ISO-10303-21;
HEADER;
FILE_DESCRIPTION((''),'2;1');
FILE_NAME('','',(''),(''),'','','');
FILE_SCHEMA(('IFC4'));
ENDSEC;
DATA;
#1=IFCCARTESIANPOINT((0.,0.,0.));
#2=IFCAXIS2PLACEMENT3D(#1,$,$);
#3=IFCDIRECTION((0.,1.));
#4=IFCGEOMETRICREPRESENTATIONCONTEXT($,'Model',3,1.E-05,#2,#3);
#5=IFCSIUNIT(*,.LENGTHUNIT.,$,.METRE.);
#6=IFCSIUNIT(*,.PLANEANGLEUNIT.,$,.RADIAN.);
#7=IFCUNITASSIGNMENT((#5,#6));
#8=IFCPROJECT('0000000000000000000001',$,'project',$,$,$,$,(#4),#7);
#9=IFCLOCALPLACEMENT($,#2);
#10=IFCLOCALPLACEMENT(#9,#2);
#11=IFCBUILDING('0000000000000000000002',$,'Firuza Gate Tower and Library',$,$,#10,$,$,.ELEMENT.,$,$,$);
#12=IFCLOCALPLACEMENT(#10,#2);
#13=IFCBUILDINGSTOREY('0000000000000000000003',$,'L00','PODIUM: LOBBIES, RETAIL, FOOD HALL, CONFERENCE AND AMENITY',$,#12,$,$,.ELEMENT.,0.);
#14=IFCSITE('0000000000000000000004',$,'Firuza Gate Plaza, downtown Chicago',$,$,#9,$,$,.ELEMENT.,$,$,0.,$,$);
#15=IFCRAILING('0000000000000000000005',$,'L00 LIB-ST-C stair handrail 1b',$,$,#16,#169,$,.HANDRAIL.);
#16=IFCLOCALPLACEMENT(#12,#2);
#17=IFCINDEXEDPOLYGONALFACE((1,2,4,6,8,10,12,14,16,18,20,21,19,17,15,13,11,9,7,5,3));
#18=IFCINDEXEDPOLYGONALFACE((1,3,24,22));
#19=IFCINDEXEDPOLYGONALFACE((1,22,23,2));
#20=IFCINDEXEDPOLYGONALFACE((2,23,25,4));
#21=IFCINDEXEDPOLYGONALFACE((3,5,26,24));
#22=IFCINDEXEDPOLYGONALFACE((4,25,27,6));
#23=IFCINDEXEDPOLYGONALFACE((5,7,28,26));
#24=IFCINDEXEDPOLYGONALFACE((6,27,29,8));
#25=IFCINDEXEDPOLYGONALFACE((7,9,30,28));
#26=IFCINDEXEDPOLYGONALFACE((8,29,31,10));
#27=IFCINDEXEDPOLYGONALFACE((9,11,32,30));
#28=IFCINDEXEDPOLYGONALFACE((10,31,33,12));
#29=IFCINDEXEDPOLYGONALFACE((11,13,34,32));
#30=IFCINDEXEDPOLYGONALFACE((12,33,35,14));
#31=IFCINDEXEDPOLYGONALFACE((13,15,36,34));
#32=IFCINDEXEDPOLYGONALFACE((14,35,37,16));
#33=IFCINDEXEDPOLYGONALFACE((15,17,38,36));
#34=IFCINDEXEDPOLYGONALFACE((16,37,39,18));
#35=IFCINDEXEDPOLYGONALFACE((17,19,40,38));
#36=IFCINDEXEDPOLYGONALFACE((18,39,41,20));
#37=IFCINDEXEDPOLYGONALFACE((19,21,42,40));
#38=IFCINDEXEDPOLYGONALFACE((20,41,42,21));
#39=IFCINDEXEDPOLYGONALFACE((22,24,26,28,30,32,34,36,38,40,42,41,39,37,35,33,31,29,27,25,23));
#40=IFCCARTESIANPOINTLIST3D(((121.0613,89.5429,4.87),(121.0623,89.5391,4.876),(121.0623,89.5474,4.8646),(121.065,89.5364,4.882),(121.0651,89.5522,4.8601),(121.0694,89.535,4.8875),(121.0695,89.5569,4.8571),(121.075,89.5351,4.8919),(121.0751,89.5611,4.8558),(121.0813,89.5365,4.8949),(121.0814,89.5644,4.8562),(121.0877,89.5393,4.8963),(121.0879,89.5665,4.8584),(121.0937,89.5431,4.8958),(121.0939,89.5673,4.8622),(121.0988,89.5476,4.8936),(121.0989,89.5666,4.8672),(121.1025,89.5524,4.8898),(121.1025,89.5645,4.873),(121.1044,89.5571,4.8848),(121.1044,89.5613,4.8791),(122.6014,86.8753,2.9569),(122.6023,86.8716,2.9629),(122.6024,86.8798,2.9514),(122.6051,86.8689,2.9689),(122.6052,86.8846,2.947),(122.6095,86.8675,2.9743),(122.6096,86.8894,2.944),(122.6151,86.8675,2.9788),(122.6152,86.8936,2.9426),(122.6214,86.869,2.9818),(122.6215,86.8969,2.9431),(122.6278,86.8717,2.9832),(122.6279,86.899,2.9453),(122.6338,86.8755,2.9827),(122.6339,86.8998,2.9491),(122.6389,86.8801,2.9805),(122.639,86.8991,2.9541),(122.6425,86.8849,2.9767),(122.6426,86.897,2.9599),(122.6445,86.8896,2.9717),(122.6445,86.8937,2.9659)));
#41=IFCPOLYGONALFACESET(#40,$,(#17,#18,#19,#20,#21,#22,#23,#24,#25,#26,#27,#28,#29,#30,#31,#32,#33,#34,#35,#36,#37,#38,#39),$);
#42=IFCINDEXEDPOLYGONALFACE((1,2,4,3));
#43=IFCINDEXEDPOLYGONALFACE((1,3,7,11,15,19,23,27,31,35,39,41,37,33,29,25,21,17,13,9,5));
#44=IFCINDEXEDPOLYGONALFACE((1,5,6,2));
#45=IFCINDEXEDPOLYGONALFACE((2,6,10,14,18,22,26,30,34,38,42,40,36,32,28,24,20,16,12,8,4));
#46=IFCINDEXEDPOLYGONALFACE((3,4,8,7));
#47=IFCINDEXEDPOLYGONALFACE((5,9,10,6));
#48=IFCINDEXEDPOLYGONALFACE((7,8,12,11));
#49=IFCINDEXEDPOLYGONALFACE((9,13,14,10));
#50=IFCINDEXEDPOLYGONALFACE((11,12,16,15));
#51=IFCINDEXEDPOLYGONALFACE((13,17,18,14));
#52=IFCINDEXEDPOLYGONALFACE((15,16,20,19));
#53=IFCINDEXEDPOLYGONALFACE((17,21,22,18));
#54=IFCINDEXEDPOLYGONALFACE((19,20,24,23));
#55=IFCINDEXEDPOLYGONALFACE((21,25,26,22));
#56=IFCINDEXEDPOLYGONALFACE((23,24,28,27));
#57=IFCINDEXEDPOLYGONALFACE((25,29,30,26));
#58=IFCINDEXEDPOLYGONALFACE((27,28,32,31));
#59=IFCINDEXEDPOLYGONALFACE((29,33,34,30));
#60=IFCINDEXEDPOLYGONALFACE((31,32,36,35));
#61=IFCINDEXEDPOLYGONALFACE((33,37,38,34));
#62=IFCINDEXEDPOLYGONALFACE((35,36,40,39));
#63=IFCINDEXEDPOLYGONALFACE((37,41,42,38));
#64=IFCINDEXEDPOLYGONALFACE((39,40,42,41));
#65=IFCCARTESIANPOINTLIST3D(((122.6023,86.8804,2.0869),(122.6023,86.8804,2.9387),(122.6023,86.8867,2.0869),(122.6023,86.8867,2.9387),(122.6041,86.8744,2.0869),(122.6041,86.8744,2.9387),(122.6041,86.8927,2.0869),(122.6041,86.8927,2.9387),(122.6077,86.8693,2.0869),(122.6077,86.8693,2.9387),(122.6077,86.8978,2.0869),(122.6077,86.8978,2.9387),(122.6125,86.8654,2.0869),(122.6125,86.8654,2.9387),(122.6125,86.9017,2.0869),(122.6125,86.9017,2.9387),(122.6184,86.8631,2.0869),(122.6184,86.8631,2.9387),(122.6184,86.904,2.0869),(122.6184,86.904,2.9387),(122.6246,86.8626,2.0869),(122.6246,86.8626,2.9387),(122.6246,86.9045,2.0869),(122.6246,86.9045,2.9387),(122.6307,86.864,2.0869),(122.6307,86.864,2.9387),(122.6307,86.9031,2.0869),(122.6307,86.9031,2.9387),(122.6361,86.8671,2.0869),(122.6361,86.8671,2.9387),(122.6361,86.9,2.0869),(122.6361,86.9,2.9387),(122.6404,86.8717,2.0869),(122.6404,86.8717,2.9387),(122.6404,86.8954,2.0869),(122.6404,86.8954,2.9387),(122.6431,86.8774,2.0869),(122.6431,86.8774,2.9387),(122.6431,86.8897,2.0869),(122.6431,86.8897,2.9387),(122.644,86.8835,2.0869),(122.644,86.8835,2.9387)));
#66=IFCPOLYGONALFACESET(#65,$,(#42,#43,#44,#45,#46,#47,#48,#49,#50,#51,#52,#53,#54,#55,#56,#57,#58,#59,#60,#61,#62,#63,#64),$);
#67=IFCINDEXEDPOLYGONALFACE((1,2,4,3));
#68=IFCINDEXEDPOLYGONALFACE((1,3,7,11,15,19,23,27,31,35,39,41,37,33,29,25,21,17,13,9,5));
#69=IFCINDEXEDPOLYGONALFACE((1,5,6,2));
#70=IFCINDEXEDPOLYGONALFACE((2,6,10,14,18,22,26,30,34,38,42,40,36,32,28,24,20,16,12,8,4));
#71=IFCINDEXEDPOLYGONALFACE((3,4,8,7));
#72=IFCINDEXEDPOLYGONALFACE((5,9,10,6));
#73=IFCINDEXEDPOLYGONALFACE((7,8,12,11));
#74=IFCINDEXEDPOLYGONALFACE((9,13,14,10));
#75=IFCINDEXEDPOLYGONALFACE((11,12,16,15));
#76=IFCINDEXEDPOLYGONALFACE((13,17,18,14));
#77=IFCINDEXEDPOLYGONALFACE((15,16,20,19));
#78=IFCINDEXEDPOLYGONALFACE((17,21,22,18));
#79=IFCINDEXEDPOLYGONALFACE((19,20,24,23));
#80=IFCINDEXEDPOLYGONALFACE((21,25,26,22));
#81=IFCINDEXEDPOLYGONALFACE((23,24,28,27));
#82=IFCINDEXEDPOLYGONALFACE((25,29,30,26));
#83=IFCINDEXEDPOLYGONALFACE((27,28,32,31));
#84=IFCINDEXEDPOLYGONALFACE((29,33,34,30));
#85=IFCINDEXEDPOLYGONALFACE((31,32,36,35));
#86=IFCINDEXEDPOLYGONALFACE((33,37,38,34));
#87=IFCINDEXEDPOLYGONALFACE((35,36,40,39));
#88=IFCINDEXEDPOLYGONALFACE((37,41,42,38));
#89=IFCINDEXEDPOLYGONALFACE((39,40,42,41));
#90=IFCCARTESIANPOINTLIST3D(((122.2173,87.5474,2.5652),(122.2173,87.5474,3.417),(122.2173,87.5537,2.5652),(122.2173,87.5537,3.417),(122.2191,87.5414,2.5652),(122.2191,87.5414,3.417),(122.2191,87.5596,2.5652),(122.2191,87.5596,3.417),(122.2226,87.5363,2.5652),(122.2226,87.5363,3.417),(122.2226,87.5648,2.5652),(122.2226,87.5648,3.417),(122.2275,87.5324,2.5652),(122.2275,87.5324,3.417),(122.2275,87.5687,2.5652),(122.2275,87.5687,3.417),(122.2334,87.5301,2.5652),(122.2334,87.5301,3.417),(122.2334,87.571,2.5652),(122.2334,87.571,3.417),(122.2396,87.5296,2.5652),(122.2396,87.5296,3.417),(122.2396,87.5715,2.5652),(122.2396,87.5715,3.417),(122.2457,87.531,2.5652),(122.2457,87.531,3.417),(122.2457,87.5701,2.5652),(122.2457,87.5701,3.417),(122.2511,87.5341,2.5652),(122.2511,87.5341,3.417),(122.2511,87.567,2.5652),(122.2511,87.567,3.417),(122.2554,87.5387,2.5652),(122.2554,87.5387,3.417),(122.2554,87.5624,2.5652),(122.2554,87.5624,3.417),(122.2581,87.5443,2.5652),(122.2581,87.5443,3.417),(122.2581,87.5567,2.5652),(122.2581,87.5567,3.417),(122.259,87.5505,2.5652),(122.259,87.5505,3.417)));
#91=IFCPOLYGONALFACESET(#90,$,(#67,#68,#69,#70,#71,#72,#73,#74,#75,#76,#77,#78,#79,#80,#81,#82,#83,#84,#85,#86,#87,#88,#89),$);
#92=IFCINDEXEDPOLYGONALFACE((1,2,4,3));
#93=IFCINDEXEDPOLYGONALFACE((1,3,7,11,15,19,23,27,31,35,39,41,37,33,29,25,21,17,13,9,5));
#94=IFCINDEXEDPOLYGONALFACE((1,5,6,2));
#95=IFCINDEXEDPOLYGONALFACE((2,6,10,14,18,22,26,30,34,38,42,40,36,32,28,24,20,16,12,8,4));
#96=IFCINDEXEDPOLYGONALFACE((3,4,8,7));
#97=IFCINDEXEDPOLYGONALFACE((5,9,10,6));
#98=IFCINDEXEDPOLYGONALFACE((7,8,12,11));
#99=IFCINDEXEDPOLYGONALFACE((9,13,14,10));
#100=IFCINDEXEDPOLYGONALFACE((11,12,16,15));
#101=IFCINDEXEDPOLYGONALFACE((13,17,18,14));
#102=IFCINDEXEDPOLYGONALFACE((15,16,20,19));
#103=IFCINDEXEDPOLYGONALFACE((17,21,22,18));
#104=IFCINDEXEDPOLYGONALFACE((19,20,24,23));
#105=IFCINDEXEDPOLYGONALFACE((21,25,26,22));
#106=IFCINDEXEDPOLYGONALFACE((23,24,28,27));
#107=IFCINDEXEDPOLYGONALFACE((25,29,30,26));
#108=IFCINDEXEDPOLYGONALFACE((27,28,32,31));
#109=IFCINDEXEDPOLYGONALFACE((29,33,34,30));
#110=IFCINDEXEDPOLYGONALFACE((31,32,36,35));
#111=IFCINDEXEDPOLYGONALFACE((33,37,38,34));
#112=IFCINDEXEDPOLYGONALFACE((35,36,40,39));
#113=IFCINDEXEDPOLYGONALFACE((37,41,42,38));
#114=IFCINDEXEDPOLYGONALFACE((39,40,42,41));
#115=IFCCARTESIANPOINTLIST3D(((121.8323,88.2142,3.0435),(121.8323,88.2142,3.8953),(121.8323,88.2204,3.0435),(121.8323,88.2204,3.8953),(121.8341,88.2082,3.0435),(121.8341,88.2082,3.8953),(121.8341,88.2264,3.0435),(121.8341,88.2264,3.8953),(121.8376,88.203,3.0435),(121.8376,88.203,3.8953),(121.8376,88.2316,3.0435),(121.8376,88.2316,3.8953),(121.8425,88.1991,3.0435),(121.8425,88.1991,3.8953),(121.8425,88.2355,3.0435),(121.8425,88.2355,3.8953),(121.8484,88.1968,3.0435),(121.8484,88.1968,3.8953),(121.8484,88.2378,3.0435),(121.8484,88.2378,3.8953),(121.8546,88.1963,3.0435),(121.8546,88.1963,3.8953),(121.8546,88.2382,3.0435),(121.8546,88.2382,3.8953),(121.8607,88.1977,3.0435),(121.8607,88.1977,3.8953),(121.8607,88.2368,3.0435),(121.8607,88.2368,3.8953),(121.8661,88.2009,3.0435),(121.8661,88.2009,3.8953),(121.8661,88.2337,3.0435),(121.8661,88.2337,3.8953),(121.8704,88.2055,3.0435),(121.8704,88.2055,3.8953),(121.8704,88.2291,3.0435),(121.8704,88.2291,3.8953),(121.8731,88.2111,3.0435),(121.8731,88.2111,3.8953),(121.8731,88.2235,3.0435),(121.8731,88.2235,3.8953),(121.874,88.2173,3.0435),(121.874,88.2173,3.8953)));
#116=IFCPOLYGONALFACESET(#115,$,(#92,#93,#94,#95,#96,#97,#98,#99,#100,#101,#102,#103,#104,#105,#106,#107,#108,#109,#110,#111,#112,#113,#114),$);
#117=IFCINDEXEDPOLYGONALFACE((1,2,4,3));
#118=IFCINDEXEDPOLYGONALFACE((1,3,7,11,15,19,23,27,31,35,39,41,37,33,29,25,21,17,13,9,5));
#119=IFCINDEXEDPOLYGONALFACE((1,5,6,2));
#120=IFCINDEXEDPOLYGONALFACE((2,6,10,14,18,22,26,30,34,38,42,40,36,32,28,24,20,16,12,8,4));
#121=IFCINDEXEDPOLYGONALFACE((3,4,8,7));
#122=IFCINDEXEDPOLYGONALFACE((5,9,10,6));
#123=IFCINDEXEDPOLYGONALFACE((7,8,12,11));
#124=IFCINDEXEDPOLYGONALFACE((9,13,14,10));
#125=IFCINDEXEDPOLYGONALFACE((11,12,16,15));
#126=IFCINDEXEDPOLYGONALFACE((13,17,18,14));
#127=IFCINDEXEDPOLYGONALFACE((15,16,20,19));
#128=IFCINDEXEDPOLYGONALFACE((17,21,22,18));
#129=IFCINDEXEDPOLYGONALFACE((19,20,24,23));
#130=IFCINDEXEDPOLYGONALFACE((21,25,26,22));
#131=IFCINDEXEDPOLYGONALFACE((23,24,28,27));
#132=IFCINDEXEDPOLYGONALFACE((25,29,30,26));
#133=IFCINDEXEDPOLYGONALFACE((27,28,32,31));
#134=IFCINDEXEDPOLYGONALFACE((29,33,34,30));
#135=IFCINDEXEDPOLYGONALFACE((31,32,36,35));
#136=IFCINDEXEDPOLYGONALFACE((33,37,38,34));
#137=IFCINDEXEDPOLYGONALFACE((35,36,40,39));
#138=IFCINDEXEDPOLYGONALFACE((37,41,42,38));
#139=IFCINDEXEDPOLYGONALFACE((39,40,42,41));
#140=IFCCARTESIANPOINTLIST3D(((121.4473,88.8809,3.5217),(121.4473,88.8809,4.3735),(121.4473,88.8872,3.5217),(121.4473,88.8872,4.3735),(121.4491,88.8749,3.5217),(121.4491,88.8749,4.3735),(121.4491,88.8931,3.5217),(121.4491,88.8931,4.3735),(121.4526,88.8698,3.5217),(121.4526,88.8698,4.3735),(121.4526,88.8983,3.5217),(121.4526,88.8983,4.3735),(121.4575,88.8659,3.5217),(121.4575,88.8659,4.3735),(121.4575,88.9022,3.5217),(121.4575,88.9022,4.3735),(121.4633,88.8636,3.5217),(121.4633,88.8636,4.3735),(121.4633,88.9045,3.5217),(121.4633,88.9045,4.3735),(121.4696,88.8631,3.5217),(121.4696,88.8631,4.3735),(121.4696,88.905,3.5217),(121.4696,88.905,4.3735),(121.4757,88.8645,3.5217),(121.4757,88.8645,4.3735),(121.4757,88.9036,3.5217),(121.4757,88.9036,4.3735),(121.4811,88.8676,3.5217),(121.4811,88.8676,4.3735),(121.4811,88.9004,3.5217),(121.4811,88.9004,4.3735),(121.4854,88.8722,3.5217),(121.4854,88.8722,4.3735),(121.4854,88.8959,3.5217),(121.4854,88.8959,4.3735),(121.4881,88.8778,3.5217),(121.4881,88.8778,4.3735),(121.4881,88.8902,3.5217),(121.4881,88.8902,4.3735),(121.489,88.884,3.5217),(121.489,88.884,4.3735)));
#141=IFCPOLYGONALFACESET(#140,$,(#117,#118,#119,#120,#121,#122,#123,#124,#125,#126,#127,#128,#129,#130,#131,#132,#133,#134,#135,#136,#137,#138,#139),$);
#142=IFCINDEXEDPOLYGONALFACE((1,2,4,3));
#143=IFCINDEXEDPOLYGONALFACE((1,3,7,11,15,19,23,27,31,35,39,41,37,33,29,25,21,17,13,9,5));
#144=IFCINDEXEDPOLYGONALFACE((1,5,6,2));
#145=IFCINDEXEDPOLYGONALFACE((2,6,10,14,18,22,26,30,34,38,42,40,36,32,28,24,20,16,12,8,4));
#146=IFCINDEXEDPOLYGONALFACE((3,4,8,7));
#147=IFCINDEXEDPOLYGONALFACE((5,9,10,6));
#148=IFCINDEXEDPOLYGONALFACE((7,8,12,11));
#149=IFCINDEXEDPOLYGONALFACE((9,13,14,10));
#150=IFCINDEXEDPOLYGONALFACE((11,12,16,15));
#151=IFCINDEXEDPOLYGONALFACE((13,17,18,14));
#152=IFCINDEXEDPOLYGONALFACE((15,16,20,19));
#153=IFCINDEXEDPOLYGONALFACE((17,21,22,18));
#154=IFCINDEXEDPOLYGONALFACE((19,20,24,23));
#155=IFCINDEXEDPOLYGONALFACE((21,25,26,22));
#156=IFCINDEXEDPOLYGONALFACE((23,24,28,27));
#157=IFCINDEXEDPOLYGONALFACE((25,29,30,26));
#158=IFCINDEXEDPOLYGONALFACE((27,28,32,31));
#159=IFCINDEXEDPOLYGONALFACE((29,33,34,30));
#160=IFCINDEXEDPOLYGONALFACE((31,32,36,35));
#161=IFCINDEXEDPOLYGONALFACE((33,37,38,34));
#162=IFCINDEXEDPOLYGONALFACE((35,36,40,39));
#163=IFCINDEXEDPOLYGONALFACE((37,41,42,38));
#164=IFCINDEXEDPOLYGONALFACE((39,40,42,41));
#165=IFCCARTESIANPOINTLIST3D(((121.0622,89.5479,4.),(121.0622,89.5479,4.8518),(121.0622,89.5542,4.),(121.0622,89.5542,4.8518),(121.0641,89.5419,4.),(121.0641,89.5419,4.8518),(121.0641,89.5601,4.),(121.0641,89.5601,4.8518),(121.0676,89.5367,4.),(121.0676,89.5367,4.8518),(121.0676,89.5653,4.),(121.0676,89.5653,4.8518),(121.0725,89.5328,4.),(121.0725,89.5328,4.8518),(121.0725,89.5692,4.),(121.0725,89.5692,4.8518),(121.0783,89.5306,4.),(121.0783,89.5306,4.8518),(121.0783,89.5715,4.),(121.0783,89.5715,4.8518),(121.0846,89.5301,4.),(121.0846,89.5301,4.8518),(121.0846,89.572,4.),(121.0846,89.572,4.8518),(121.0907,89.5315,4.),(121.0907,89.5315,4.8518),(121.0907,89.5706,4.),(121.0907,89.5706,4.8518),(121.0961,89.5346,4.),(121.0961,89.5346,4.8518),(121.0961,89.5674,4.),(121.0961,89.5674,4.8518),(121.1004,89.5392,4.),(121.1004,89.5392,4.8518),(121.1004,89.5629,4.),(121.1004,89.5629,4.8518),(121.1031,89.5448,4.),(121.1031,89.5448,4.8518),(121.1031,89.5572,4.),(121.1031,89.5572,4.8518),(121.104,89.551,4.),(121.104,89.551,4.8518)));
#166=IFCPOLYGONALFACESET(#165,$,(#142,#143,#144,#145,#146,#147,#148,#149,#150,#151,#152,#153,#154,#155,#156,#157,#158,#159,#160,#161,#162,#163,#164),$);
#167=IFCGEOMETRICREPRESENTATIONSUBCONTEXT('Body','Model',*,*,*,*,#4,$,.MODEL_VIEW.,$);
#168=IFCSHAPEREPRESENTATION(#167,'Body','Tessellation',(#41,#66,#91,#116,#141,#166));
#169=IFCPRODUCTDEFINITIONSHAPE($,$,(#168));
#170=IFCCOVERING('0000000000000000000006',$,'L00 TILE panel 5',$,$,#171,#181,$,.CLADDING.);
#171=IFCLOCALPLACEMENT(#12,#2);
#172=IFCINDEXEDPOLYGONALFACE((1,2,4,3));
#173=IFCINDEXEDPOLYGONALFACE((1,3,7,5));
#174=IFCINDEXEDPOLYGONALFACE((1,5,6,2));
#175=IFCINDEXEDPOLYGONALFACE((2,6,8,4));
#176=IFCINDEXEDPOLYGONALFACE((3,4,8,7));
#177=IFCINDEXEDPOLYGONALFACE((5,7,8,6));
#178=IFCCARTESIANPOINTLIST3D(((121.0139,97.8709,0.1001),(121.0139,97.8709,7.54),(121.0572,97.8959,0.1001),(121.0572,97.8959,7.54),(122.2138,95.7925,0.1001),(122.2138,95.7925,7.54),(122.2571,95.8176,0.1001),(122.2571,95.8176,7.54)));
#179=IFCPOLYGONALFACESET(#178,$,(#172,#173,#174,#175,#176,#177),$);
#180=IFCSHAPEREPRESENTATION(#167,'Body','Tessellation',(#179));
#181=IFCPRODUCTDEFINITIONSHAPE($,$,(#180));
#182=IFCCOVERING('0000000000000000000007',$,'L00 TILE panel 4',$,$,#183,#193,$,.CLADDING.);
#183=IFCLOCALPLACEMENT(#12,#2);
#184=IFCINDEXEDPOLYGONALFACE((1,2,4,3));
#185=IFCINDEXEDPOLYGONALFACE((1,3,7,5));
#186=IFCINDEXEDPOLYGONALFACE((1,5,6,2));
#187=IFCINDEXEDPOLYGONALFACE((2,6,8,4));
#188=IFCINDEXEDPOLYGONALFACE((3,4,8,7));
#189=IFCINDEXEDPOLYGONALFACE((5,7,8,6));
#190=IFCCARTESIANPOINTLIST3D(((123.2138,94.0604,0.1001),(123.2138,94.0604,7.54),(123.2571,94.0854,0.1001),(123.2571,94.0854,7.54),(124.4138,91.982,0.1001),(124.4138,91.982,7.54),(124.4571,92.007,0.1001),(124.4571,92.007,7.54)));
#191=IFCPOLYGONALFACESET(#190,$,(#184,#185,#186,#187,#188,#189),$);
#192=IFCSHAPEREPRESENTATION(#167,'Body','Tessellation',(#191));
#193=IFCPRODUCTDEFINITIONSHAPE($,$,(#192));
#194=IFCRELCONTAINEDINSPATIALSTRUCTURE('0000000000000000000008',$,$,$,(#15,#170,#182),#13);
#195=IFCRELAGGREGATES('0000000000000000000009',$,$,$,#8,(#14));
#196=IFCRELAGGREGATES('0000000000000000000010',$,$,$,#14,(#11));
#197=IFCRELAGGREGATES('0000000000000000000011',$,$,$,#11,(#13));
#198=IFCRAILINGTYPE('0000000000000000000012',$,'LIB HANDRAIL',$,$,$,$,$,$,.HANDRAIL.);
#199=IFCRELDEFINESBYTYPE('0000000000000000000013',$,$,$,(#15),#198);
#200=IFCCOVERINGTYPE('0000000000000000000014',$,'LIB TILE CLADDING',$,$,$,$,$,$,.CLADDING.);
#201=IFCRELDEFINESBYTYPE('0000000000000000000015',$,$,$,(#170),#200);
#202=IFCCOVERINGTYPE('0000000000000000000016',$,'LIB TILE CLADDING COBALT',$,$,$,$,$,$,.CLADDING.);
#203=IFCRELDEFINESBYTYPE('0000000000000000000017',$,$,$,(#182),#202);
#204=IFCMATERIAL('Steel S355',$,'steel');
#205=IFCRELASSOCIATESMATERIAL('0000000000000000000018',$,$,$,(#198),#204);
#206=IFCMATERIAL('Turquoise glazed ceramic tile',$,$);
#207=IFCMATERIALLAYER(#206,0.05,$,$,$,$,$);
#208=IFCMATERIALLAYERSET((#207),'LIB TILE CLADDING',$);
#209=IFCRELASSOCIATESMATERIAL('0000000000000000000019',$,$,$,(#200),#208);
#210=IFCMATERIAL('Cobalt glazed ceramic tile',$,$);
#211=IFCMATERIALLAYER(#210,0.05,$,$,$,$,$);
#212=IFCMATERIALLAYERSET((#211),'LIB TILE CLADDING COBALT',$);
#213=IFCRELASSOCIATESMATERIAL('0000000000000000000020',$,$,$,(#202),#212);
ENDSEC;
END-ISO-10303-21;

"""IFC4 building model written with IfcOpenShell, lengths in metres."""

from ifc_helpers import new_model, si_unit, direction, frame, origin, origin_2d, place, context, subcontext, project, spatial, rectangle, circle, extrude, material, layer, layer_set, type_object, element, save


model = new_model("IFC4")

# Units and contexts
model_context = context("Model", 3, precision=1e-05, world=origin(), true_north=direction((0.0, 1.0)))
body_context = subcontext(model_context, "Body", "Model", "MODEL_VIEW")
ifc_project = project(units=[si_unit("LENGTHUNIT", "METRE"), si_unit("PLANEANGLEUNIT", "RADIAN")], contexts=[model_context])

# Site, building, storey
site_placement = place(None, origin())
site = spatial("IfcSite", under=ifc_project, at=site_placement, Name="Firuza Gate Plaza, downtown Chicago", CompositionType="ELEMENT", RefElevation=0.0)
building_placement = place(site_placement, origin())
building = spatial("IfcBuilding", under=site, at=building_placement, Name="Firuza Gate Tower and Library", CompositionType="ELEMENT")
storey_placement = place(building_placement, origin())
storey = spatial("IfcBuildingStorey", under=building, at=storey_placement, Name="L00", Description="PODIUM: LOBBIES, RETAIL, FOOD HALL, CONFERENCE AND AMENITY", CompositionType="ELEMENT", Elevation=0.0)

# Railing
ifc_material_1 = material(Name="Steel S355", Category="steel")
railing_type_1 = type_object("IfcRailingType", Name="LIB HANDRAIL", PredefinedType="HANDRAIL", material=ifc_material_1)
railing_1_placement = place(storey_placement, frame((122.623, 86.8835, 2.0869)))
element("IfcRailing", 1, at=railing_1_placement, inside=storey, type_object=railing_type_1, Name="L00 LIB-ST-C stair handrail 1b", PredefinedType="HANDRAIL", context=body_context, shape_type="SweptSolid", body=[
    extrude(circle(Radius=0.0239, at=origin_2d()), frame((0.0, 0.0, 0.876), z_axis=(-0.424734, 0.735676, 0.527618), x_axis=(-0.86603, -0.499992, 0.0)), (0.0, 0.0, 1.0), 3.626),
    extrude(circle(Radius=0.021, at=origin_2d()), origin(), (0.0, 0.0, 1.0), 0.8518),
    extrude(circle(Radius=0.021, at=origin_2d()), frame((-0.385, 0.667, 0.4783)), (0.0, 0.0, 1.0), 0.8518),
    extrude(circle(Radius=0.021, at=origin_2d()), frame((-0.77, 1.3337, 0.9565)), (0.0, 0.0, 1.0), 0.8518),
    extrude(circle(Radius=0.021, at=origin_2d()), frame((-1.155, 2.0005, 1.4348)), (0.0, 0.0, 1.0), 0.8518),
    extrude(circle(Radius=0.021, at=origin_2d()), frame((-1.54, 2.6675, 1.9131)), (0.0, 0.0, 1.0), 0.8518),
])

# Coverings
ifc_material_2 = material(Name="Turquoise glazed ceramic tile")
ifc_layer_1 = layer(ifc_material_2, 0.05)
ifc_layer_set_1 = layer_set([ifc_layer_1], Name="LIB TILE CLADDING")
covering_type_1 = type_object("IfcCoveringType", Name="LIB TILE CLADDING", PredefinedType="CLADDING", material=ifc_layer_set_1)
covering_1_placement = place(storey_placement, frame((121.6355, 96.8442, 0.1001), z_axis=(0.0, 0.0, 1.0), x_axis=(-0.5, 0.866025, 0.0)))
element("IfcCovering", 2, at=covering_1_placement, inside=storey, type_object=covering_type_1, Name="L00 TILE panel 5", PredefinedType="CLADDING", context=body_context, shape_type="SweptSolid", body=[
    extrude(rectangle(XDim=2.3999, YDim=0.05, at=origin_2d()), origin(), (0.0, 0.0, 1.0), 7.4399),
])
ifc_material_3 = material(Name="Cobalt glazed ceramic tile")
ifc_layer_2 = layer(ifc_material_3, 0.05)
ifc_layer_set_2 = layer_set([ifc_layer_2], Name="LIB TILE CLADDING COBALT")
covering_type_2 = type_object("IfcCoveringType", Name="LIB TILE CLADDING COBALT", PredefinedType="CLADDING", material=ifc_layer_set_2)
covering_2_placement = place(storey_placement, frame((123.8354, 93.0337, 0.1001), z_axis=(0.0, 0.0, 1.0), x_axis=(-0.5, 0.866025, 0.0)))
element("IfcCovering", 3, at=covering_2_placement, inside=storey, type_object=covering_type_2, Name="L00 TILE panel 4", PredefinedType="CLADDING", context=body_context, shape_type="SweptSolid", body=[
    extrude(rectangle(XDim=2.3999, YDim=0.05, at=origin_2d()), origin(), (0.0, 0.0, 1.0), 7.4399),
])

save(model, "model.ifc")
